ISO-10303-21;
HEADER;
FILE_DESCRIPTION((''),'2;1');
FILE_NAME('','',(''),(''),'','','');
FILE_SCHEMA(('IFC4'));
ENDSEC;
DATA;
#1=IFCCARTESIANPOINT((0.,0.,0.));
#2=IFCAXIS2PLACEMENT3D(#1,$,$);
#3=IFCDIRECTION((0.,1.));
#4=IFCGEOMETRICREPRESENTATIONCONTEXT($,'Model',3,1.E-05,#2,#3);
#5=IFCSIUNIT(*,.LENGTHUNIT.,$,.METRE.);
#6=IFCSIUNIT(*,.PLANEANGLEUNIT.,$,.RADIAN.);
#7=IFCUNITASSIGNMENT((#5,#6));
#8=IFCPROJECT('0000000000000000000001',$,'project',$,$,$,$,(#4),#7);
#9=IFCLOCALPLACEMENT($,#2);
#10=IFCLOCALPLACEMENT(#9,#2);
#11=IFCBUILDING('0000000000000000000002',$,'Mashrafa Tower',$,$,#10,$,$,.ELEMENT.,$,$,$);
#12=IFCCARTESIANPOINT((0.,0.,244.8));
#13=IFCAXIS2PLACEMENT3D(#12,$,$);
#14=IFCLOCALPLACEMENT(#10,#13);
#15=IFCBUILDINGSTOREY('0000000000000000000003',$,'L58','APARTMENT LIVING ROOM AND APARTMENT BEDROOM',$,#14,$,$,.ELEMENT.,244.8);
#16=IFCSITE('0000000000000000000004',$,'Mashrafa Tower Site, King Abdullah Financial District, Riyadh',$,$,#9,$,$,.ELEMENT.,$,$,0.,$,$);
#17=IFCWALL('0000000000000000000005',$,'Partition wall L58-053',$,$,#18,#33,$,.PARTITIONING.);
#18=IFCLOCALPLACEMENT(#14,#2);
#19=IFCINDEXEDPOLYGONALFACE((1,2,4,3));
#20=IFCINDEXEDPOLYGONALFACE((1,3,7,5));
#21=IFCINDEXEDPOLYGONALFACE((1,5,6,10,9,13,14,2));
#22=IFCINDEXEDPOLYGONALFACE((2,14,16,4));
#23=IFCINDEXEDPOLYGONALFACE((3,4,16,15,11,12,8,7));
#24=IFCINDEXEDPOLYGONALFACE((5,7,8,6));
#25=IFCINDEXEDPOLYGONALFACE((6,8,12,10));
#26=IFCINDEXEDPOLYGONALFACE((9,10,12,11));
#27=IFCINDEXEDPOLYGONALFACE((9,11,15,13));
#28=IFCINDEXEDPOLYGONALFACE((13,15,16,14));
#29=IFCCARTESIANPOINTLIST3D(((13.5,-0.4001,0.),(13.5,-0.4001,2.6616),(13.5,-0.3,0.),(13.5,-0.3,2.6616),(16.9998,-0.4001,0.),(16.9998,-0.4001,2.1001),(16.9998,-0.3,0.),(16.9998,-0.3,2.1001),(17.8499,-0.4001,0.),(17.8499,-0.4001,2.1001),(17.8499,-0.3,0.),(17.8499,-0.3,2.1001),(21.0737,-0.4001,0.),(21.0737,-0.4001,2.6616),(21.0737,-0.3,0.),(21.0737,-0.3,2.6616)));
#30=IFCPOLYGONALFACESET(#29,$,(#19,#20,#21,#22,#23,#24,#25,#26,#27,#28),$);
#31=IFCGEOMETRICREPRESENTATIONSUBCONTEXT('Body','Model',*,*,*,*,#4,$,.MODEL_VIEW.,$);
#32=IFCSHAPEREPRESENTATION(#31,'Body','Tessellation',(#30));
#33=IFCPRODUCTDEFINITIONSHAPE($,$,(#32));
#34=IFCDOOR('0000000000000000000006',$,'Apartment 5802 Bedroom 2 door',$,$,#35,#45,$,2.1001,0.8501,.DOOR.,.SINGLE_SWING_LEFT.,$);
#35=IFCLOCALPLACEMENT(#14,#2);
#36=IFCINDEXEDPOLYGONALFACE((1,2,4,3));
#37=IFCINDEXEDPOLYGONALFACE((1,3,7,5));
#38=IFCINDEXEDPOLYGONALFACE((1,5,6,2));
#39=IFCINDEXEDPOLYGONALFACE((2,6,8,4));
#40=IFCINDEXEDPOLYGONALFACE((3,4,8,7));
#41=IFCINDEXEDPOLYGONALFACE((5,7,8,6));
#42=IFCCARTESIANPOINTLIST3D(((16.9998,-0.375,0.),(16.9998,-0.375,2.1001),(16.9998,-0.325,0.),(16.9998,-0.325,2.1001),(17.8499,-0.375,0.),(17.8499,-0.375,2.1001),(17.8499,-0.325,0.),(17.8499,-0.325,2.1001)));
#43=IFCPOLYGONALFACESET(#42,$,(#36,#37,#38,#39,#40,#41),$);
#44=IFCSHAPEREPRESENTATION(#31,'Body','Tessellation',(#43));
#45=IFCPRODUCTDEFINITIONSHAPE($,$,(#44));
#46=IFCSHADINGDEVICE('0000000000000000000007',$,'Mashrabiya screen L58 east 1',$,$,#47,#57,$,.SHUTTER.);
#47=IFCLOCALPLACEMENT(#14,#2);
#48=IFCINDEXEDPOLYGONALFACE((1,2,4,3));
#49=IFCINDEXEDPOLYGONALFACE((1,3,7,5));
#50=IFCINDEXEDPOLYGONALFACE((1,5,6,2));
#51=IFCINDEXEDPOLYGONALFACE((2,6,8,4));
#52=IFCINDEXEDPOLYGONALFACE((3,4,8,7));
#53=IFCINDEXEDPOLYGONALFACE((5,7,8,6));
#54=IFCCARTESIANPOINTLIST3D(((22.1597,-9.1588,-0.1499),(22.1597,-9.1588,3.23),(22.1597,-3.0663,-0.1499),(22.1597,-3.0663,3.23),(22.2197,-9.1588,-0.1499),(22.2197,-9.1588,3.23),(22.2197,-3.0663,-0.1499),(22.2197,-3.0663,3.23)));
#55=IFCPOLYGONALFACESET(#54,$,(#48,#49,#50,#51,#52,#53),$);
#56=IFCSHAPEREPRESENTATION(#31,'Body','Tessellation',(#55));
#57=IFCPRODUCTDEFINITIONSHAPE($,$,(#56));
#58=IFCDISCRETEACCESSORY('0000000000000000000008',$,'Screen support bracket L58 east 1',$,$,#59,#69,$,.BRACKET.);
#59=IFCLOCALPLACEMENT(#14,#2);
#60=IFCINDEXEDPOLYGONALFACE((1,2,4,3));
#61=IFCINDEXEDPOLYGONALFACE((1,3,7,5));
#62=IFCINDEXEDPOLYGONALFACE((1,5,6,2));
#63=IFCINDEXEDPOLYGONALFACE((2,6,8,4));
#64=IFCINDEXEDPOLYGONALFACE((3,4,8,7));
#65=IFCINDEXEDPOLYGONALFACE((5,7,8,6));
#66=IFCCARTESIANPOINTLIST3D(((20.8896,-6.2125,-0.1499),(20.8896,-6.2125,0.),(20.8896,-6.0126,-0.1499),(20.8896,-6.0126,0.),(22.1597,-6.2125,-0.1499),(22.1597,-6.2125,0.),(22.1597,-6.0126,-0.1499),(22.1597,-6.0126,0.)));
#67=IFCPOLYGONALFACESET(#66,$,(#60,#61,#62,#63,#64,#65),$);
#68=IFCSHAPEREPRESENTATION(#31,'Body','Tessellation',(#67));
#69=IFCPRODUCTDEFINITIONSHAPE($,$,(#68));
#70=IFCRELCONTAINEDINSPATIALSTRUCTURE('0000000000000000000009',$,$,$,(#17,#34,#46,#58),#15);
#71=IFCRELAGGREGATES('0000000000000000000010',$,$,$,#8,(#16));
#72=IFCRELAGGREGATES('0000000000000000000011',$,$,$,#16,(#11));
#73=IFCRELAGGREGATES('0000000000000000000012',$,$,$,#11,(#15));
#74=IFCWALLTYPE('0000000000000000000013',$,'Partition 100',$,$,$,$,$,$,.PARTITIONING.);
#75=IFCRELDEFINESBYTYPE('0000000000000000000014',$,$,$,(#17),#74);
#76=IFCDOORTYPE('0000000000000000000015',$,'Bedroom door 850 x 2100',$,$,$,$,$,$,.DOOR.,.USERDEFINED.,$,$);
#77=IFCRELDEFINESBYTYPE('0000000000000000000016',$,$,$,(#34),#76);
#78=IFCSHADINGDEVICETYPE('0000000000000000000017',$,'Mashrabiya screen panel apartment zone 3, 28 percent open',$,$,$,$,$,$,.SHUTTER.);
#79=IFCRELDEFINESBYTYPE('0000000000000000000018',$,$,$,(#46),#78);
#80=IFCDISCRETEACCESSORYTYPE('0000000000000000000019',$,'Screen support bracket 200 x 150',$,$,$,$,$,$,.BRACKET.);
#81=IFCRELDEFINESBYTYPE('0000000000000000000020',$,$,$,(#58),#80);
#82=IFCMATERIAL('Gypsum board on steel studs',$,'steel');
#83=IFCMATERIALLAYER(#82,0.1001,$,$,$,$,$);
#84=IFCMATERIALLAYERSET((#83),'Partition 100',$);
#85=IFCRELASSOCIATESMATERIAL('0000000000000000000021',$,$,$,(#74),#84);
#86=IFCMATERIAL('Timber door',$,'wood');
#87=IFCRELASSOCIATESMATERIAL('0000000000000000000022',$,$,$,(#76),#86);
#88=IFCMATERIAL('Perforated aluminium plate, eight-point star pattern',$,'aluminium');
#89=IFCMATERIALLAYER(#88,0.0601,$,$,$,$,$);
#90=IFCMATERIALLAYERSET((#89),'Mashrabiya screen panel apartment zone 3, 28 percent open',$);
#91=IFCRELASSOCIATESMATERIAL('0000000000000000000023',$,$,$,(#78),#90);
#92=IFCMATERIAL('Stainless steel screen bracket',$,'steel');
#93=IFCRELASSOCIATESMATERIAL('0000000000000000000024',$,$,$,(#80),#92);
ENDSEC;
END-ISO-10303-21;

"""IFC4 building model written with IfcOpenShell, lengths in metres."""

from ifc_helpers import new_model, si_unit, direction, frame, frame_2d, origin, origin_2d, place, context, subcontext, project, spatial, rectangle, extrude, source, transform, mapped, material, layer, layer_set, type_object, type_shapes, element, fill, save


model = new_model("IFC4")

# Units and contexts
model_context = context("Model", 3, precision=1e-05, world=origin(), true_north=direction((0.0, 1.0)))
body_context = subcontext(model_context, "Body", "Model", "MODEL_VIEW")
ifc_project = project(units=[si_unit("LENGTHUNIT", "METRE"), si_unit("PLANEANGLEUNIT", "RADIAN")], contexts=[model_context])

# Site, building, storey
site_placement = place(None, origin())
site = spatial("IfcSite", under=ifc_project, at=site_placement, Name="Mashrafa Tower Site, King Abdullah Financial District, Riyadh", CompositionType="ELEMENT", RefElevation=0.0)
building_placement = place(site_placement, origin())
building = spatial("IfcBuilding", under=site, at=building_placement, Name="Mashrafa Tower", CompositionType="ELEMENT")
storey_placement = place(building_placement, frame((0.0, 0.0, 244.8)))
storey = spatial("IfcBuildingStorey", under=building, at=storey_placement, Name="L58", Description="APARTMENT LIVING ROOM AND APARTMENT BEDROOM", CompositionType="ELEMENT", Elevation=244.8)

# Wall, opening, door
ifc_material_1 = material(Name="Gypsum board on steel studs", Category="steel")
ifc_layer_1 = layer(ifc_material_1, 0.1001)
ifc_layer_set_1 = layer_set([ifc_layer_1], Name="Partition 100")
wall_type_1 = type_object("IfcWallType", Name="Partition 100", PredefinedType="PARTITIONING", material=ifc_layer_set_1)
wall_1_placement = place(storey_placement, frame((21.0737, -0.3501, 0.0), z_axis=(0.0, 0.0, 1.0), x_axis=(-1.0, 0.0, 0.0)))
wall_1 = element("IfcWall", 1, at=wall_1_placement, inside=storey, type_object=wall_type_1, Name="Partition wall L58-053", PredefinedType="PARTITIONING", context=body_context, shape_type="SweptSolid", body=[
    extrude(rectangle(XDim=7.5737, YDim=0.1001, at=frame_2d((3.7869, 0.0))), origin(), (0.0, 0.0, 1.0), 2.6616),
])
opening_1_placement = place(wall_1_placement, frame((3.2239, 0.0, 0.0)))
opening_1 = element("IfcOpeningElement", 2, at=opening_1_placement, cuts=wall_1, PredefinedType="OPENING", context=body_context, shape_type="SweptSolid", body=[
    extrude(rectangle(XDim=0.8501, YDim=2.1001, at=frame_2d((0.425, 1.05))), frame((0.0, 0.0601, 0.0), z_axis=(0.0, -1.0, 0.0), x_axis=(1.0, 0.0, 0.0)), (0.0, 0.0, 1.0), 0.1201),
])
ifc_material_2 = material(Name="Timber door", Category="wood")
door_type_1 = type_object("IfcDoorType", Name="Bedroom door 850 x 2100", OperationType="USERDEFINED", PredefinedType="DOOR", material=ifc_material_2)
door_1_placement = place(opening_1_placement, origin())
door_1 = element("IfcDoor", 3, at=door_1_placement, inside=storey, type_object=door_type_1, Name="Apartment 5802 Bedroom 2 door", OperationType="SINGLE_SWING_LEFT", OverallHeight=2.1001, OverallWidth=0.8501, PredefinedType="DOOR", context=body_context, shape_type="SweptSolid", body=[
    extrude(rectangle(XDim=0.8501, YDim=2.1001, at=frame_2d((0.425, 1.05))), frame((0.0, 0.0249, 0.0), z_axis=(0.0, -1.0, 0.0), x_axis=(1.0, 0.0, 0.0)), (0.0, 0.0, 1.0), 0.05),
])
fill(opening_1, door_1)

# Shading device
ifc_material_3 = material(Name="Perforated aluminium plate, eight-point star pattern", Category="aluminium")
ifc_layer_2 = layer(ifc_material_3, 0.0601)
ifc_layer_set_2 = layer_set([ifc_layer_2], Name="Mashrabiya screen panel apartment zone 3, 28 percent open")
shading_device_type = type_object("IfcShadingDeviceType", Name="Mashrabiya screen panel apartment zone 3, 28 percent open", PredefinedType="SHUTTER", material=ifc_layer_set_2)
shared_shape_1 = source(origin(), body_context, "Body", "SweptSolid", [
    extrude(rectangle(XDim=6.0925, YDim=0.0601, at=origin_2d()), origin(), (0.0, 0.0, 1.0), 3.3799),
])
type_shapes(shading_device_type, [shared_shape_1])
shading_device_placement = place(storey_placement, frame((22.1897, -6.1125, -0.1499), z_axis=(0.0, 0.0, 1.0), x_axis=(0.0, 1.0, 0.0)))
element("IfcShadingDevice", 4, at=shading_device_placement, inside=storey, type_object=shading_device_type, Name="Mashrabiya screen L58 east 1", PredefinedType="SHUTTER", context=body_context, shape_type="MappedRepresentation", body=[
    mapped(shared_shape_1, transform((0.0, 0.0, 0.0))),
])

# Discrete accessory
ifc_material_4 = material(Name="Stainless steel screen bracket", Category="steel")
discrete_accessory_type = type_object("IfcDiscreteAccessoryType", Name="Screen support bracket 200 x 150", PredefinedType="BRACKET", material=ifc_material_4)
shared_shape_2 = source(origin(), body_context, "Body", "SweptSolid", [
    extrude(rectangle(XDim=0.2, YDim=1.27, at=origin_2d()), origin(), (0.0, 0.0, 1.0), 0.1499),
])
type_shapes(discrete_accessory_type, [shared_shape_2])
discrete_accessory_placement = place(storey_placement, frame((21.5247, -6.1125, -0.1499), z_axis=(0.0, 0.0, 1.0), x_axis=(0.0, 1.0, 0.0)))
element("IfcDiscreteAccessory", 5, at=discrete_accessory_placement, inside=storey, type_object=discrete_accessory_type, Name="Screen support bracket L58 east 1", PredefinedType="BRACKET", context=body_context, shape_type="MappedRepresentation", body=[
    mapped(shared_shape_2, transform((0.0, 0.0, 0.0))),
])

save(model, "model.ifc")
